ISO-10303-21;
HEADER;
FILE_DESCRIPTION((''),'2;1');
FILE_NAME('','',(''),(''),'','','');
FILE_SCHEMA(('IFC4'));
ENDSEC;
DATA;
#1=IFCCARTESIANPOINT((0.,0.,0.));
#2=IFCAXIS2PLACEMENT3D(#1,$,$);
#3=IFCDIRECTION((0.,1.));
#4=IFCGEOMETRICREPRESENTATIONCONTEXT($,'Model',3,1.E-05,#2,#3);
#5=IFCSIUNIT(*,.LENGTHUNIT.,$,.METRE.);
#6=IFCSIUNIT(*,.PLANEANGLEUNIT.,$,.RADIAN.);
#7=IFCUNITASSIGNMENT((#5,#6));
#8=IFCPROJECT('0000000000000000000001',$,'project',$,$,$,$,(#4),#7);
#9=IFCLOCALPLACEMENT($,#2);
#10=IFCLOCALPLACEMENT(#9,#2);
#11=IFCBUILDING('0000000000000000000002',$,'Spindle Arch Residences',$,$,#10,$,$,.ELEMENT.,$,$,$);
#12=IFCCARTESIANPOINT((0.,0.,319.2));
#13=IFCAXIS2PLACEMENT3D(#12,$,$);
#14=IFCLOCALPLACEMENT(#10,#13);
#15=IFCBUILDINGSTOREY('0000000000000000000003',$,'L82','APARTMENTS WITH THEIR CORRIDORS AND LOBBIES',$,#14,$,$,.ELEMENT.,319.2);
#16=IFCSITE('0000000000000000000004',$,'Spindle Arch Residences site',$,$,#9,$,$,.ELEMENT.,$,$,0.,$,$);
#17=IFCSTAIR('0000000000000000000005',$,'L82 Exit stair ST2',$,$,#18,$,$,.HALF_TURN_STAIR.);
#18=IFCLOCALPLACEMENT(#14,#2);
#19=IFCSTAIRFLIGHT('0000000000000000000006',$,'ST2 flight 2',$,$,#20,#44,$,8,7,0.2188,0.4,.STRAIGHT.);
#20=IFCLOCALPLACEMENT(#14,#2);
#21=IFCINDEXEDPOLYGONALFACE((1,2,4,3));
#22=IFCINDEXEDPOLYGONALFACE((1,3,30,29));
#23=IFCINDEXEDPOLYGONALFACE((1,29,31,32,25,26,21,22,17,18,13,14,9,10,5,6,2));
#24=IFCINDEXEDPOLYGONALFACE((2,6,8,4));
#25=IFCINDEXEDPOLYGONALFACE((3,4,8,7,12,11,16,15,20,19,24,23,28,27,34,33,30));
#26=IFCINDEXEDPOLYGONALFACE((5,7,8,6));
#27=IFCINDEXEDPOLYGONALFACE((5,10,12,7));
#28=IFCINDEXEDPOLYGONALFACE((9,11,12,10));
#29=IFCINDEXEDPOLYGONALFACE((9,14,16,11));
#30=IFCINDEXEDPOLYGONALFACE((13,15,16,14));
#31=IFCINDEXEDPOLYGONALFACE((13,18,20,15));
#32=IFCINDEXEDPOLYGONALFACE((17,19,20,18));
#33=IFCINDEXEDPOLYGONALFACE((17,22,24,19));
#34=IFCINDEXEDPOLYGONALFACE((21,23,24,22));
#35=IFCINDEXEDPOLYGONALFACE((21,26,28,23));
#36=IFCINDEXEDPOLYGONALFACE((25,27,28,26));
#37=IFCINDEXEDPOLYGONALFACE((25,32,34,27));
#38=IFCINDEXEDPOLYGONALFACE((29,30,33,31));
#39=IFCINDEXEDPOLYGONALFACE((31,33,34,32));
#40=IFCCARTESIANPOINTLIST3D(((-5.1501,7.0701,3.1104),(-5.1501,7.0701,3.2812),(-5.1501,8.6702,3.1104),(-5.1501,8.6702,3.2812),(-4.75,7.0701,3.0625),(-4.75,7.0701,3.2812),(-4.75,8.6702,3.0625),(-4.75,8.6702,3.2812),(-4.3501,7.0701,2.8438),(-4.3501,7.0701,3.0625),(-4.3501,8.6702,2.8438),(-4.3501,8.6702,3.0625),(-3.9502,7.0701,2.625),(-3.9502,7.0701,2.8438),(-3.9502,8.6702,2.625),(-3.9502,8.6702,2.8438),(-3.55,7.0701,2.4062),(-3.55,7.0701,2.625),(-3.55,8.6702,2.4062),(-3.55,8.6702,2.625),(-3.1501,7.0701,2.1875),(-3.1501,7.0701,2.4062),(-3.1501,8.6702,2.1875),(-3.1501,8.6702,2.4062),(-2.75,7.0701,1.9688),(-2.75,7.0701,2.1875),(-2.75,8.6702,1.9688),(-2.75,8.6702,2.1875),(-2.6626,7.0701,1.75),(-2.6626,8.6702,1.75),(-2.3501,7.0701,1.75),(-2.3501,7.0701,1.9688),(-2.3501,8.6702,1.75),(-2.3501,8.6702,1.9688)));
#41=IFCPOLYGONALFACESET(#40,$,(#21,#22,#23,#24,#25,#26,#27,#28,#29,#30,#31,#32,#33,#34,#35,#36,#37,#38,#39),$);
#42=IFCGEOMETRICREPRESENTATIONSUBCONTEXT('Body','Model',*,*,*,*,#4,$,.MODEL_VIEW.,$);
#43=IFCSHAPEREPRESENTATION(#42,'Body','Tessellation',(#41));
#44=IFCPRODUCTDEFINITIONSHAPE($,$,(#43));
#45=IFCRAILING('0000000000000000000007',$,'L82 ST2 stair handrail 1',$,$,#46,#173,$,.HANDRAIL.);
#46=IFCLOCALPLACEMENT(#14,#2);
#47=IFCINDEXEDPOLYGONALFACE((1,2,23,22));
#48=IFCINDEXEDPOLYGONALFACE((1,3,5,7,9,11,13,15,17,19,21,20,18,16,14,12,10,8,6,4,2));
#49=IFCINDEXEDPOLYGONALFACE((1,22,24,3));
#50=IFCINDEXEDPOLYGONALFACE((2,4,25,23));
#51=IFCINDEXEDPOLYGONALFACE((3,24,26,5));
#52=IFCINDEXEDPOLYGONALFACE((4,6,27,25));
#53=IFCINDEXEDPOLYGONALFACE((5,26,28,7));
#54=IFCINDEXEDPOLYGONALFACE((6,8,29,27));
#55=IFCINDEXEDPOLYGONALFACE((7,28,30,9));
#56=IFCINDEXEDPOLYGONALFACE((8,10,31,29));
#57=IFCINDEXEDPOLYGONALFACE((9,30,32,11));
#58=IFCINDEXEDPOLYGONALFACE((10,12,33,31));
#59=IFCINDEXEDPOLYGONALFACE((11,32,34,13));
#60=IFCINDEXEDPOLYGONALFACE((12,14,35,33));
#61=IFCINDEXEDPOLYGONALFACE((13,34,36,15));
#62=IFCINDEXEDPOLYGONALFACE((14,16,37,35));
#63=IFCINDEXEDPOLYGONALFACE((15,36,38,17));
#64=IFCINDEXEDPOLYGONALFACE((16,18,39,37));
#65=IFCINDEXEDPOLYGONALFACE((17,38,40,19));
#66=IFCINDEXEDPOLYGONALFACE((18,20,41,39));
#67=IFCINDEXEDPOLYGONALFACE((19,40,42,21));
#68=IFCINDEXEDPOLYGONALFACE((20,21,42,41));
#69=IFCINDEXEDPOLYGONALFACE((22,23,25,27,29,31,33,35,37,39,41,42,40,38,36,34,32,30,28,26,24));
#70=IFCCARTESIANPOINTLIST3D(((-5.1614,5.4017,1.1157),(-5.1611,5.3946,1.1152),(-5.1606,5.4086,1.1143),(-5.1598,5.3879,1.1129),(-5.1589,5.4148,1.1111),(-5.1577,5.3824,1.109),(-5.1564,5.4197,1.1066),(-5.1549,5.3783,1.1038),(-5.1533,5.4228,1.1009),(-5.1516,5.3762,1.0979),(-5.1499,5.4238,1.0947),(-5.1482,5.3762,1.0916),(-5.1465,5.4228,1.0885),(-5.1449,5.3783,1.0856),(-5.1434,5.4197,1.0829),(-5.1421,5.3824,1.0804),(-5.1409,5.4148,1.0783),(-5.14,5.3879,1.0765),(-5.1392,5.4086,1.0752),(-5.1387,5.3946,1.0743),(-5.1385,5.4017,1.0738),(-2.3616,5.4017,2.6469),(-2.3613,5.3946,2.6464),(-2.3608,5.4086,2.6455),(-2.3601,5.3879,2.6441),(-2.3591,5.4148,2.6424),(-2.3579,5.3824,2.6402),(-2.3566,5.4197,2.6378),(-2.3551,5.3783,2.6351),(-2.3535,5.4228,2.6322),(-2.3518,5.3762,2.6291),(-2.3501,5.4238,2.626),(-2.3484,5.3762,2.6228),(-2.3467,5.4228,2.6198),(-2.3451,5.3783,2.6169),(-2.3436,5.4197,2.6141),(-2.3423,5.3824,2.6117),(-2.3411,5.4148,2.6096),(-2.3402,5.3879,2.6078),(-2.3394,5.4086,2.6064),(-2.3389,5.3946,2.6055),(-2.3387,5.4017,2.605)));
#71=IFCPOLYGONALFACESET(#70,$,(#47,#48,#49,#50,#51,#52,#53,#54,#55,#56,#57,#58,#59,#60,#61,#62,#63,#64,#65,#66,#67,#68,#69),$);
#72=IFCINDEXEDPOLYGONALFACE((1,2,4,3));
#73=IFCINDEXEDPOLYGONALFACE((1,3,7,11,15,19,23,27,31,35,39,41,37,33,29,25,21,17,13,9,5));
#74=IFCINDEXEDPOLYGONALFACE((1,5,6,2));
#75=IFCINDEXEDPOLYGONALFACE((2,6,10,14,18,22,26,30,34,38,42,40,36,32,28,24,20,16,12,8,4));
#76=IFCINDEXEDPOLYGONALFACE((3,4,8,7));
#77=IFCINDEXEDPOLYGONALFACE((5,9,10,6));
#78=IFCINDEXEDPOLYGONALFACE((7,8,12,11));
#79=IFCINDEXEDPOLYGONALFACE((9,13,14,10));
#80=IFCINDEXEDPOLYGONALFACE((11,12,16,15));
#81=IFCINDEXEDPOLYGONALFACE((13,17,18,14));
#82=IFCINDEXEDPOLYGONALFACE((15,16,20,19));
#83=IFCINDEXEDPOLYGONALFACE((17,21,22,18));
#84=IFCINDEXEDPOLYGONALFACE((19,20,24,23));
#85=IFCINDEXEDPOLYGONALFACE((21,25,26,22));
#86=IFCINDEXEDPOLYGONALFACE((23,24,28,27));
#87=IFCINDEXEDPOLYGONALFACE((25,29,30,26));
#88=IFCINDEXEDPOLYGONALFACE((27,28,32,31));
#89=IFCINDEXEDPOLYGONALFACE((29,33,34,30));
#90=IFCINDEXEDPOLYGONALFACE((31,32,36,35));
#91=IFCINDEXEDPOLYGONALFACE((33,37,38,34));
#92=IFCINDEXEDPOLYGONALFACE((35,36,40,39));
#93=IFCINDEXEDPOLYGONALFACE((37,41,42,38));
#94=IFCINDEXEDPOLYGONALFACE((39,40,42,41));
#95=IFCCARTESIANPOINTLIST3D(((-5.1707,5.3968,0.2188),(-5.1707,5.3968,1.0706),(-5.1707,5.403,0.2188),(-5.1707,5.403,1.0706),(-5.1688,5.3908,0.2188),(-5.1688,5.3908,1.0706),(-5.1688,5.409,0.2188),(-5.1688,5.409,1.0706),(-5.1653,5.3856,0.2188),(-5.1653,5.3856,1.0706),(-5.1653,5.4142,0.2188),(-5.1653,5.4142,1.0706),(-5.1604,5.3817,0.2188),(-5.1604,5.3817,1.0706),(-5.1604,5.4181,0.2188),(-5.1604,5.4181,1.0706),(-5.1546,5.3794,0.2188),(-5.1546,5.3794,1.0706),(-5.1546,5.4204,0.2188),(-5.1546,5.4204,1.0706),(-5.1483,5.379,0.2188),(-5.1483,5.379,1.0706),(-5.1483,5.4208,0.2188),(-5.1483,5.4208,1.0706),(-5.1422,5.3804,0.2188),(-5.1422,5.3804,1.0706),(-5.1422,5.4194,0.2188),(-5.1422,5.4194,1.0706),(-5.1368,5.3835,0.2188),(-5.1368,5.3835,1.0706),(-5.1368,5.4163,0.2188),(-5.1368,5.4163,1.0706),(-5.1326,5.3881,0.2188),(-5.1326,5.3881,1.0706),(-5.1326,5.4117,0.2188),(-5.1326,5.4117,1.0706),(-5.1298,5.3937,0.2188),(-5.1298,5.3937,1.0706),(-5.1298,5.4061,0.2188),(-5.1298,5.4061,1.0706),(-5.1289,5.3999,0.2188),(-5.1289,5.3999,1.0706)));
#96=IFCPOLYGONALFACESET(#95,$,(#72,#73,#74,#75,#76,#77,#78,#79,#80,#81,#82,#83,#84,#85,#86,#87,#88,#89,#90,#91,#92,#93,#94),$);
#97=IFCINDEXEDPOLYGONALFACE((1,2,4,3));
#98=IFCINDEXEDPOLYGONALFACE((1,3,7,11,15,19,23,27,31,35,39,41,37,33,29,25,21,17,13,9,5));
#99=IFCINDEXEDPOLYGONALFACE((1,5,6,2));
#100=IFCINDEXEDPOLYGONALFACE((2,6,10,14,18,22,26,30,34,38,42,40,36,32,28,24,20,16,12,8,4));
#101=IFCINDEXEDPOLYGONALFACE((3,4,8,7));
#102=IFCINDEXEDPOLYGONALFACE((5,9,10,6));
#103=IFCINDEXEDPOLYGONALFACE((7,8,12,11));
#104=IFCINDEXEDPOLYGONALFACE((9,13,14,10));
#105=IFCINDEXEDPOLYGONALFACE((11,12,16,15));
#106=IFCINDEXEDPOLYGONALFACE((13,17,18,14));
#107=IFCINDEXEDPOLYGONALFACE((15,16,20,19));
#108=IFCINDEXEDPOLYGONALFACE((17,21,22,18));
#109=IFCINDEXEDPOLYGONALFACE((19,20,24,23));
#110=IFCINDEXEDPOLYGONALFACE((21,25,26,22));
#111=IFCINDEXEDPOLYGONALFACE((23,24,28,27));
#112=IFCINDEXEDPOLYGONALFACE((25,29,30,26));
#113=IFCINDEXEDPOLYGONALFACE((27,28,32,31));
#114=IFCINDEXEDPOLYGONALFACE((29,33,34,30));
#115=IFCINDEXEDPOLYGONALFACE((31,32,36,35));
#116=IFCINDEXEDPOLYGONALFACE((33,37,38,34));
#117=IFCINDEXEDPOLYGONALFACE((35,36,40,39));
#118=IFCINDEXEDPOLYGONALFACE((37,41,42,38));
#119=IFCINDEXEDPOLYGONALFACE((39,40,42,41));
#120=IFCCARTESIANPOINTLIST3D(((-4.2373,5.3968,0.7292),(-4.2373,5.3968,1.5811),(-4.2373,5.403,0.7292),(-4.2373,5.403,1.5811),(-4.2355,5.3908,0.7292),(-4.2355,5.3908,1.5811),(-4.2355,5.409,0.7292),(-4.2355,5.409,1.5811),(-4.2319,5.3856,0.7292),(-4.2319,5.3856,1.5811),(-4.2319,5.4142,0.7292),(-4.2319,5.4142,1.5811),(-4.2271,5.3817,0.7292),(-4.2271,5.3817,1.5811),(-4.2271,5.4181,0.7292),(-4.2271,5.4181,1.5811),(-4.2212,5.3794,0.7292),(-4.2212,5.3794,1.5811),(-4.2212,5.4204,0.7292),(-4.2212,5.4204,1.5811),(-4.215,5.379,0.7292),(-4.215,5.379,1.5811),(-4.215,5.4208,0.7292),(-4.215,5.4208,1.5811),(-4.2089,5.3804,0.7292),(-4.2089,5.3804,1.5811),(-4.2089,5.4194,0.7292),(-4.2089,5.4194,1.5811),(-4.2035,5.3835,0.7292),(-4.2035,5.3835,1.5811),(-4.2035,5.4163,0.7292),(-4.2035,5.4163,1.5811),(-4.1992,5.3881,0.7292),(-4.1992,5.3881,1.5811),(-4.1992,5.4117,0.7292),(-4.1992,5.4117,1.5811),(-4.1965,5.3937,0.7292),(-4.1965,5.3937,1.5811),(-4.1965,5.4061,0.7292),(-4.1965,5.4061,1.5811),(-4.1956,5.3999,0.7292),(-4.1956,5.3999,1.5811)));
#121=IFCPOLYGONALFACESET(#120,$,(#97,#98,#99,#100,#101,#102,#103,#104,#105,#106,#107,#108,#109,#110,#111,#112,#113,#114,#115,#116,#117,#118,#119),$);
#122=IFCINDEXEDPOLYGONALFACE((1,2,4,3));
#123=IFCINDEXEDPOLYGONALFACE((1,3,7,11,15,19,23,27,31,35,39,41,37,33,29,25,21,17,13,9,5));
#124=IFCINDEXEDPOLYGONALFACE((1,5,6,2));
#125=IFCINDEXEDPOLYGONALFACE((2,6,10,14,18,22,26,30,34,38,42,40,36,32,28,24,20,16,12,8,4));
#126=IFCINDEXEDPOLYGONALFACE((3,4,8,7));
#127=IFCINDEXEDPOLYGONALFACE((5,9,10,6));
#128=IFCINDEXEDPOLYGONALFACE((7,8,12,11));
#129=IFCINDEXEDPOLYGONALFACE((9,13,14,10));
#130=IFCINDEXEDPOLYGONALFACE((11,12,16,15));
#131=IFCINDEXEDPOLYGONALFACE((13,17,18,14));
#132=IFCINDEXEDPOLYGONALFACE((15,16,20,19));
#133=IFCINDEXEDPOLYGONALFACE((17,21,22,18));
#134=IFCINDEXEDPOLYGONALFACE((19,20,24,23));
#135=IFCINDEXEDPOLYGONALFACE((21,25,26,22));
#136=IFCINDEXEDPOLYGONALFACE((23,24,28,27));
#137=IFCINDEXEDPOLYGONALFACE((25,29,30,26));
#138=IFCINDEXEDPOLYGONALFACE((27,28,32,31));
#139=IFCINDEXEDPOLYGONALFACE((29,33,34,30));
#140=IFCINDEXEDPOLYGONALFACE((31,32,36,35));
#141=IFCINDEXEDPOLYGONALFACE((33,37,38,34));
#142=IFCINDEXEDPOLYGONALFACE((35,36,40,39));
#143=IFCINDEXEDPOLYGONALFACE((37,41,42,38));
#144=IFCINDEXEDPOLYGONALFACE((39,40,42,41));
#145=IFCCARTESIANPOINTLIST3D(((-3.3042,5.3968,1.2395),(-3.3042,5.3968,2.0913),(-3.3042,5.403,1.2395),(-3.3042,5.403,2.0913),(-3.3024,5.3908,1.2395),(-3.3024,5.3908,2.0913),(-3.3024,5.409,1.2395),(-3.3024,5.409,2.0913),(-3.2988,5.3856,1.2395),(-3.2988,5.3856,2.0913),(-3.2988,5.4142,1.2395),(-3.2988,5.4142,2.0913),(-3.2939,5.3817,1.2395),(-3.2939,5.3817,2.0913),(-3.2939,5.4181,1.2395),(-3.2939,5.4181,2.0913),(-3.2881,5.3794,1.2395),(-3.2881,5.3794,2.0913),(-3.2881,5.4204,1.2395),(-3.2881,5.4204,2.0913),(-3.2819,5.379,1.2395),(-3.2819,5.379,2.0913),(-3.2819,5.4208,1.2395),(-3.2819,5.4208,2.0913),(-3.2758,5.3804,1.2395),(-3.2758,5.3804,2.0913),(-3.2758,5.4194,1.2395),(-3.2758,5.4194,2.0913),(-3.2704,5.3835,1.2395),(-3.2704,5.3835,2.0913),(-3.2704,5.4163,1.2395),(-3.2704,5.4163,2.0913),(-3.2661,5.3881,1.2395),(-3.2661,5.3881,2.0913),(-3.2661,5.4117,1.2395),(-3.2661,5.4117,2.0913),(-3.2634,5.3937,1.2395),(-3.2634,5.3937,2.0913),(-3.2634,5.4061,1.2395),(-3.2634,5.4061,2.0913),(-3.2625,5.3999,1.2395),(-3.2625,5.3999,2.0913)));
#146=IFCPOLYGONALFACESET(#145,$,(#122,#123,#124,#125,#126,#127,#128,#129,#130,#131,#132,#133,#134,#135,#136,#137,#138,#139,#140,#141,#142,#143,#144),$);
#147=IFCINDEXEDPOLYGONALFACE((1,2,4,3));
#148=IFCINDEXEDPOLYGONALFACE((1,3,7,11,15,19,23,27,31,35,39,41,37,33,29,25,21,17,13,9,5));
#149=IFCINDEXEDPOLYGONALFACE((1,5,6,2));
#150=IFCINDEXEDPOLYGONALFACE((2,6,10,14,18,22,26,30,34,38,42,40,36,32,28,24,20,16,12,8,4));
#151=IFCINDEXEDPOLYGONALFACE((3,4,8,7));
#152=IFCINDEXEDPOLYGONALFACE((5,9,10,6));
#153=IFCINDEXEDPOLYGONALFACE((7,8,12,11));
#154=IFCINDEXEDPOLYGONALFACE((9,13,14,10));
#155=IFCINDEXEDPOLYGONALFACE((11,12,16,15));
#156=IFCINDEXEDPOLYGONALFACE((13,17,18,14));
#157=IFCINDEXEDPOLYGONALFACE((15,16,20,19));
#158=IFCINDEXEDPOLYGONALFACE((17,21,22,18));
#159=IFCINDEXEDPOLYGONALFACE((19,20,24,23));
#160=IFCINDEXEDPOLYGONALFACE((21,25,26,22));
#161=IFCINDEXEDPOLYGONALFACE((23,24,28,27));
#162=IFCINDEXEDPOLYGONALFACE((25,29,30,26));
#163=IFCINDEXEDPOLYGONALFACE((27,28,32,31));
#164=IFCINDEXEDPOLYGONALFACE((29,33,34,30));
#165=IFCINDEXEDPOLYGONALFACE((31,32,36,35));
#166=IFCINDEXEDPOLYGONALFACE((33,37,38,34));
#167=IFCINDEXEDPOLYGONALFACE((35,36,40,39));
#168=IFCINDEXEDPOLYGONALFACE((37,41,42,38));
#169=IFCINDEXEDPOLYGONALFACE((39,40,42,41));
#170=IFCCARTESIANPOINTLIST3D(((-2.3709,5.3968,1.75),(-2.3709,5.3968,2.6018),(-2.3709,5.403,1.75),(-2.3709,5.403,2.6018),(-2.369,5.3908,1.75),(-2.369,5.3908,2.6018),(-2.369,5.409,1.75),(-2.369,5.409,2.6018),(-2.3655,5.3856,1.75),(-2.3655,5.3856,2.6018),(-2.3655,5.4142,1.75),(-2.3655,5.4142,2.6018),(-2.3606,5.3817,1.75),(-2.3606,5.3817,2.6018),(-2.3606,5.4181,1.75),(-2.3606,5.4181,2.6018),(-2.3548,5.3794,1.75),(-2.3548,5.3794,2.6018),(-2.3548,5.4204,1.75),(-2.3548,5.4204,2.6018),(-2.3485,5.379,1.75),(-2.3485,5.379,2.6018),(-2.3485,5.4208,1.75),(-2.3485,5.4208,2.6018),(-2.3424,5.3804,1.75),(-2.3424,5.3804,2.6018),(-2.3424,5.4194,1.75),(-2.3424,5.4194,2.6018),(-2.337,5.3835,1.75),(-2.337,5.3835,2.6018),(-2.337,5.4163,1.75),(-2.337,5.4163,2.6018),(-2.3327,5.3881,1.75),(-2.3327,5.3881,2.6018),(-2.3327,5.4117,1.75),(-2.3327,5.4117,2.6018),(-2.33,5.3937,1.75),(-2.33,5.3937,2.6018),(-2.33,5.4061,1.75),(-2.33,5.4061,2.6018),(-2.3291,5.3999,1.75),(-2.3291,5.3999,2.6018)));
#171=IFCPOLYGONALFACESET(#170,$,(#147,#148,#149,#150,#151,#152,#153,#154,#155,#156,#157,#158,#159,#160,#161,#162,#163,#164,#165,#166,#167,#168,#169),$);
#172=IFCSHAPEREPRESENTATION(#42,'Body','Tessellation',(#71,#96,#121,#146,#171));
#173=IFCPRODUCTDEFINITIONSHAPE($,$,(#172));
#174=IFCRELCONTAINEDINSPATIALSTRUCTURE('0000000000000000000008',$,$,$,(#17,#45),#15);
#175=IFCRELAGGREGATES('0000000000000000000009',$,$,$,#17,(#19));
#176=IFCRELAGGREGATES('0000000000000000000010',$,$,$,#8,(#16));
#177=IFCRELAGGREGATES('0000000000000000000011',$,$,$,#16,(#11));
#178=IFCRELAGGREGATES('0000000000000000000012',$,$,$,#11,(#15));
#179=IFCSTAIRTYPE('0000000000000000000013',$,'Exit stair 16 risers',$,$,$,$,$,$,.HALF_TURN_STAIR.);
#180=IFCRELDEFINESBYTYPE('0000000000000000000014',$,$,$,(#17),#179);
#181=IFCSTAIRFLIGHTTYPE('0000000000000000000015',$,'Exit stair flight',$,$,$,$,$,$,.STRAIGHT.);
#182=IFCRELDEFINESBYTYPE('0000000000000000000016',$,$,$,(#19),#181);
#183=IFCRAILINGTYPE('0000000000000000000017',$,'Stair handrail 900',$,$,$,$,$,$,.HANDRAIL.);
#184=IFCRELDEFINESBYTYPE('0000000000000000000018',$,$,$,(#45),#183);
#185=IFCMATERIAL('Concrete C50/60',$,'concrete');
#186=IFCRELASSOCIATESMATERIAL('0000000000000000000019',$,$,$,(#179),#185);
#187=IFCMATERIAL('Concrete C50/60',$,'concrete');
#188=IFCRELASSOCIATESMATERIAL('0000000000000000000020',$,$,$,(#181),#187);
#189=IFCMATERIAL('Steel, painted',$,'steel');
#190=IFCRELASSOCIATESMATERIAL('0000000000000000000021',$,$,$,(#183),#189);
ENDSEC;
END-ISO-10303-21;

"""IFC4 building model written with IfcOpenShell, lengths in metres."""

from ifc_helpers import new_model, si_unit, direction, frame, origin, origin_2d, place, context, subcontext, project, spatial, polyline, circle, outline, extrude, material, type_object, element, aggregate, save


model = new_model("IFC4")

# Units and contexts
model_context = context("Model", 3, precision=1e-05, world=origin(), true_north=direction((0.0, 1.0)))
body_context = subcontext(model_context, "Body", "Model", "MODEL_VIEW")
ifc_project = project(units=[si_unit("LENGTHUNIT", "METRE"), si_unit("PLANEANGLEUNIT", "RADIAN")], contexts=[model_context])

# Site, building, storey
site_placement = place(None, origin())
site = spatial("IfcSite", under=ifc_project, at=site_placement, Name="Spindle Arch Residences site", CompositionType="ELEMENT", RefElevation=0.0)
building_placement = place(site_placement, origin())
building = spatial("IfcBuilding", under=site, at=building_placement, Name="Spindle Arch Residences", CompositionType="ELEMENT")
storey_placement = place(building_placement, frame((0.0, 0.0, 319.2)))
storey = spatial("IfcBuildingStorey", under=building, at=storey_placement, Name="L82", Description="APARTMENTS WITH THEIR CORRIDORS AND LOBBIES", CompositionType="ELEMENT", Elevation=319.2)

# Stair, stair flight
ifc_material_1 = material(Name="Concrete C50/60", Category="concrete")
stair_type = type_object("IfcStairType", Name="Exit stair 16 risers", PredefinedType="HALF_TURN_STAIR", material=ifc_material_1)
stair_placement = place(storey_placement, origin())
stair = element("IfcStair", 1, at=stair_placement, inside=storey, type_object=stair_type, Name="L82 Exit stair ST2", PredefinedType="HALF_TURN_STAIR")
ifc_material_2 = material(Name="Concrete C50/60", Category="concrete")
stair_flight_type = type_object("IfcStairFlightType", Name="Exit stair flight", PredefinedType="STRAIGHT", material=ifc_material_2)
stair_flight_1_placement = place(storey_placement, frame((-2.3501, 7.8701, 1.75), z_axis=(0.0, 0.0, 1.0), x_axis=(-1.0, 0.0, 0.0)))
stair_flight_1 = element("IfcStairFlight", 2, at=stair_flight_1_placement, type_object=stair_flight_type, Name="ST2 flight 2", NumberOfRisers=8, NumberOfTreads=7, PredefinedType="STRAIGHT", RiserHeight=0.2188, TreadLength=0.4, context=body_context, shape_type="SweptSolid", body=[
    extrude(outline(polyline([(0.0, 0.0), (0.0, 0.2188), (0.3999, 0.2188), (0.3999, 0.4375), (0.8, 0.4375), (0.8, 0.6562), (1.2, 0.6562), (1.2, 0.875), (1.6001, 0.875), (1.6001, 1.0938), (2.0, 1.0938), (2.0, 1.3125), (2.3999, 1.3125), (2.3999, 1.5312), (2.8, 1.5312), (2.8, 1.75), (2.8, 1.3604), (0.3125, 0.0), (0.0, 0.0)])), frame((0.0, 0.8, 0.0), z_axis=(0.0, -1.0, 0.0), x_axis=(1.0, 0.0, 0.0)), (0.0, 0.0, 1.0), 1.6001),
])
aggregate(stair, [stair_flight_1])

# Railing
ifc_material_3 = material(Name="Steel, painted", Category="steel")
railing_type_1 = type_object("IfcRailingType", Name="Stair handrail 900", PredefinedType="HANDRAIL", material=ifc_material_3)
railing_1_placement = place(storey_placement, frame((-5.1499, 5.3999, 0.2188)))
element("IfcRailing", 3, at=railing_1_placement, inside=storey, type_object=railing_type_1, Name="L82 ST2 stair handrail 1", PredefinedType="HANDRAIL", context=body_context, shape_type="SweptSolid", body=[
    extrude(circle(Radius=0.0239, at=origin_2d()), frame((0.0, 0.0, 0.876), z_axis=(0.877357, 0.0, 0.479838), x_axis=(0.0, 1.0, 0.0)), (0.0, 0.0, 1.0), 3.1912),
    extrude(circle(Radius=0.021, at=origin_2d()), origin(), (0.0, 0.0, 1.0), 0.8518),
    extrude(circle(Radius=0.021, at=origin_2d()), frame((0.9333, 0.0, 0.5105)), (0.0, 0.0, 1.0), 0.8518),
    extrude(circle(Radius=0.021, at=origin_2d()), frame((1.8665, 0.0, 1.0208)), (0.0, 0.0, 1.0), 0.8518),
    extrude(circle(Radius=0.021, at=origin_2d()), frame((2.7998, 0.0, 1.5312)), (0.0, 0.0, 1.0), 0.8518),
])

save(model, "model.ifc")
